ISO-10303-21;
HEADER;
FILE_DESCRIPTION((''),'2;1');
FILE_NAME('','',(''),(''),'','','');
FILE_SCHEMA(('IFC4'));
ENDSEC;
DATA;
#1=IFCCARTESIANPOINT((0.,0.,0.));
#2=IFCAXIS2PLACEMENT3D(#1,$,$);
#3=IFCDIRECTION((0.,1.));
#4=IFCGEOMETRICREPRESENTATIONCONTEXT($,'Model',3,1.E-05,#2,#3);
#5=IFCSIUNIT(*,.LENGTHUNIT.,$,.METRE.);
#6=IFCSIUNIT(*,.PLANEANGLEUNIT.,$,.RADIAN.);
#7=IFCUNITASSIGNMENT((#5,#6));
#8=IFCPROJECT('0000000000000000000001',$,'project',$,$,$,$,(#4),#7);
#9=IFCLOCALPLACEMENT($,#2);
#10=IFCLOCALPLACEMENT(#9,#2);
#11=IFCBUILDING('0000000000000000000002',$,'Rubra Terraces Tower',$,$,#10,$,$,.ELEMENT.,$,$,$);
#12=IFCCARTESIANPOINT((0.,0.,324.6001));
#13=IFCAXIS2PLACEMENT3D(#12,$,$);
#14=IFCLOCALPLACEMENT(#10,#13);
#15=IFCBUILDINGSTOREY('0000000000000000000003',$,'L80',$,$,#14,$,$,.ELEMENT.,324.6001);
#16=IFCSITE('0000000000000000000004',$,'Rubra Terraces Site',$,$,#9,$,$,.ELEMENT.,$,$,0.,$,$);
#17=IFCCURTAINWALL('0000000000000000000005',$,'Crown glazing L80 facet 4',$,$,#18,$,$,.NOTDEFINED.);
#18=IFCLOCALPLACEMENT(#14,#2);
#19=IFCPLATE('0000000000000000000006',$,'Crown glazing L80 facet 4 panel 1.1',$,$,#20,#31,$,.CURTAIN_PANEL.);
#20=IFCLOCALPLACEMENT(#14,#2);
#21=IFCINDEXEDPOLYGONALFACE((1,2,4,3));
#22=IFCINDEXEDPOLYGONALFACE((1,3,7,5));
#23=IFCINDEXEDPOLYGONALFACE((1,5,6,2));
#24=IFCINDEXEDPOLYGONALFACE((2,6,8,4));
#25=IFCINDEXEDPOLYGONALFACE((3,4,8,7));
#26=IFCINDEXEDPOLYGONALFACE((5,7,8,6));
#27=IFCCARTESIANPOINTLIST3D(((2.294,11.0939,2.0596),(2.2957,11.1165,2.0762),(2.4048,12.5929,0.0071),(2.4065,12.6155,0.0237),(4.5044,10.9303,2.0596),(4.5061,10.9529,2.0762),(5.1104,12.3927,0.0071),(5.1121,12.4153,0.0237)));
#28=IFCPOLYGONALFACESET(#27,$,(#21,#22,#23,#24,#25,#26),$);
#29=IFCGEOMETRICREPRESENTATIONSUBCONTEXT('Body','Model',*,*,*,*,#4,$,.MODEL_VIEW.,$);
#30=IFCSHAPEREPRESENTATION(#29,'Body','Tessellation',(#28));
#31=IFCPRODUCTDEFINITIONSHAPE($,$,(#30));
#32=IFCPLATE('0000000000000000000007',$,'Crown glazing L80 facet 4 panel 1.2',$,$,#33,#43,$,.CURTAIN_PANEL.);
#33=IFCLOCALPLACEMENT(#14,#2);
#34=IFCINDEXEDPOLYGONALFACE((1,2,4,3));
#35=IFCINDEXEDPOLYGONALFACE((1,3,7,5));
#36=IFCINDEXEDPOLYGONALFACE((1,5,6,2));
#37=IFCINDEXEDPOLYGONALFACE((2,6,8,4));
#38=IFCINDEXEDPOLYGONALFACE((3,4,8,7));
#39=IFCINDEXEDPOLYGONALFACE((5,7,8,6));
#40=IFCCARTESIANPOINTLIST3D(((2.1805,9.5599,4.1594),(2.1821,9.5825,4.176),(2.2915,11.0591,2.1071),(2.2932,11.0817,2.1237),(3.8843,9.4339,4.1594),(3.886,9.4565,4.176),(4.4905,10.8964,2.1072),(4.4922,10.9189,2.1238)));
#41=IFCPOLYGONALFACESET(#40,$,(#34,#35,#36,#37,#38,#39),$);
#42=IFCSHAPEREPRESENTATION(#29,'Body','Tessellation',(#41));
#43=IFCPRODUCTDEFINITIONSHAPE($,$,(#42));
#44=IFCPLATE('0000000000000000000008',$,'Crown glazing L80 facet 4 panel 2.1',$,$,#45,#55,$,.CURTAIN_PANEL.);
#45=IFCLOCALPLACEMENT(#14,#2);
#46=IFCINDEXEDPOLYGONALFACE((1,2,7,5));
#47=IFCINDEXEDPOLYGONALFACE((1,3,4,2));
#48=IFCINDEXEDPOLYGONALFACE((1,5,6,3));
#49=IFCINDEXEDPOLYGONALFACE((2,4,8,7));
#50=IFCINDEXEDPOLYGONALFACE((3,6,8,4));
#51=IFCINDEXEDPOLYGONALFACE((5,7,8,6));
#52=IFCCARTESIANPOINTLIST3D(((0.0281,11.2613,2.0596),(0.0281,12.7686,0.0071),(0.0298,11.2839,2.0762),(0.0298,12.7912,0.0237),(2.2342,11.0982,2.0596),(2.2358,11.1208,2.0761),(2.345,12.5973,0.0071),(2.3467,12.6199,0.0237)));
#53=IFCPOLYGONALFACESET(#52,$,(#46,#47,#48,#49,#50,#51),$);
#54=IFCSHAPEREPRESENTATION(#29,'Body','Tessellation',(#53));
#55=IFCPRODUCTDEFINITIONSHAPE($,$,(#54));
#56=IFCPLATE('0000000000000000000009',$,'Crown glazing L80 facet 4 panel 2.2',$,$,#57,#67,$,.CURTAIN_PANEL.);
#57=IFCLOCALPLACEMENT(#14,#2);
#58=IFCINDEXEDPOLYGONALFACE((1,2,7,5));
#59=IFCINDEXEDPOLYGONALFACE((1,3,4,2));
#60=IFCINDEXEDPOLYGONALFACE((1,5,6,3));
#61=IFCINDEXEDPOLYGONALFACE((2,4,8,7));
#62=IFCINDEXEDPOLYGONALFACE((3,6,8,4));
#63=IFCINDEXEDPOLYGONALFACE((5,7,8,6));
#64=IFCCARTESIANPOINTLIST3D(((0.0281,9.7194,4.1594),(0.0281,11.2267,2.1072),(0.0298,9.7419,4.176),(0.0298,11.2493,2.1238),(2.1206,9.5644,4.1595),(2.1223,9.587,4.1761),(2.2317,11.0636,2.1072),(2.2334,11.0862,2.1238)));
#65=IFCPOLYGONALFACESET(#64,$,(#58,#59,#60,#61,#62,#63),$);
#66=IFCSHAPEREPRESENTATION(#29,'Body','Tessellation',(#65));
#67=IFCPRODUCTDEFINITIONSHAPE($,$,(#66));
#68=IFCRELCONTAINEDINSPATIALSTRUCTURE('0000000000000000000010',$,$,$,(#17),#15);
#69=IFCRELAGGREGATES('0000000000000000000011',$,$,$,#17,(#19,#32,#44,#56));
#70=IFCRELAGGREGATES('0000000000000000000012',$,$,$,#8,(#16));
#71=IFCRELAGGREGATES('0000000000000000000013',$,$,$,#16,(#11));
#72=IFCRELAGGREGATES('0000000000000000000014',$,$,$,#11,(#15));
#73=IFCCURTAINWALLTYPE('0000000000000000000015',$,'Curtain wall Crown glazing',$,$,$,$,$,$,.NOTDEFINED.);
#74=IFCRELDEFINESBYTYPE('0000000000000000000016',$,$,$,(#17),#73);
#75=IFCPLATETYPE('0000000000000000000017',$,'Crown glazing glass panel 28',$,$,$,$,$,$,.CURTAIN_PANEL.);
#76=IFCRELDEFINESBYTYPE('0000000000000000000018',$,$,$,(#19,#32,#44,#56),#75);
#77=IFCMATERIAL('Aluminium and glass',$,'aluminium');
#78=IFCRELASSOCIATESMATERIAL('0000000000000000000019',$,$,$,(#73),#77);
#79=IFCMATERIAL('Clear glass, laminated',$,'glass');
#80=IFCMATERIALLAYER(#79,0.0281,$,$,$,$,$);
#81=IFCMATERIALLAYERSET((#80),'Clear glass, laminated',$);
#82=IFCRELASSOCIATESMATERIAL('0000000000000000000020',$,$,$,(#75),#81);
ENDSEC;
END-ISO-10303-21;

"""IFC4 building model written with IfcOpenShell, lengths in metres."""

from ifc_helpers import new_model, si_unit, direction, frame, origin, place, context, subcontext, project, spatial, polyline, outline, extrude, material, layer, layer_set, type_object, element, aggregate, save


model = new_model("IFC4")

# Units and contexts
model_context = context("Model", 3, precision=1e-05, world=origin(), true_north=direction((0.0, 1.0)))
body_context = subcontext(model_context, "Body", "Model", "MODEL_VIEW")
ifc_project = project(units=[si_unit("LENGTHUNIT", "METRE"), si_unit("PLANEANGLEUNIT", "RADIAN")], contexts=[model_context])

# Site, building, storey
site_placement = place(None, origin())
site = spatial("IfcSite", under=ifc_project, at=site_placement, Name="Rubra Terraces Site", CompositionType="ELEMENT", RefElevation=0.0)
building_placement = place(site_placement, origin())
building = spatial("IfcBuilding", under=site, at=building_placement, Name="Rubra Terraces Tower", CompositionType="ELEMENT")
storey_placement = place(building_placement, frame((0.0, 0.0, 324.6001)))
storey = spatial("IfcBuildingStorey", under=building, at=storey_placement, Name="L80", CompositionType="ELEMENT", Elevation=324.6001)

# Curtain wall
ifc_material_1 = material(Name="Aluminium and glass", Category="aluminium")
curtain_wall_type = type_object("IfcCurtainWallType", Name="Curtain wall Crown glazing", PredefinedType="NOTDEFINED", material=ifc_material_1)
curtain_wall_1_placement = place(storey_placement, origin())
curtain_wall_1 = element("IfcCurtainWall", 1, at=curtain_wall_1_placement, inside=storey, type_object=curtain_wall_type, Name="Crown glazing L80 facet 4", PredefinedType="NOTDEFINED")

# Plates
ifc_material_2 = material(Name="Clear glass, laminated", Category="glass")
ifc_layer = layer(ifc_material_2, 0.0281)
ifc_layer_set = layer_set([ifc_layer], Name="Clear glass, laminated")
plate_type = type_object("IfcPlateType", Name="Crown glazing glass panel 28", PredefinedType="CURTAIN_PANEL", material=ifc_layer_set)
plate_1_placement = place(storey_placement, frame((5.1121, 12.4153, 0.0237), z_axis=(0.059537, 0.804587, 0.590843), x_axis=(-0.997274, 0.073794, 0.000001)))
plate_1 = element("IfcPlate", 2, at=plate_1_placement, type_object=plate_type, Name="Crown glazing L80 facet 4 panel 1.1", PredefinedType="CURTAIN_PANEL", context=body_context, shape_type="SweptSolid", body=[
    extrude(outline(polyline([(0.0, 0.0), (2.713, 0.0), (2.7129, 2.544), (0.4964, 2.544), (0.0, 0.0)])), origin(), (0.0, 0.0, -1.0), 0.0281),
])
plate_2_placement = place(storey_placement, frame((4.4922, 10.9189, 2.1238), z_axis=(0.059537, 0.804527, 0.590925), x_axis=(-0.997272, 0.073818, -0.000024)))
plate_2 = element("IfcPlate", 3, at=plate_2_placement, type_object=plate_type, Name="Crown glazing L80 facet 4 panel 1.2", PredefinedType="CURTAIN_PANEL", context=body_context, shape_type="SweptSolid", body=[
    extrude(outline(polyline([(0.0, 0.0), (2.205, 0.0), (2.2051, 2.544), (0.4965, 2.5439), (0.0, 0.0)])), origin(), (0.0, 0.0, -1.0), 0.0281),
])
plate_3_placement = place(storey_placement, frame((2.3467, 12.6199, 0.0237), z_axis=(0.059499, 0.804581, 0.590854), x_axis=(-0.997276, 0.073757, -0.000011)))
plate_3 = element("IfcPlate", 4, at=plate_3_placement, type_object=plate_type, Name="Crown glazing L80 facet 4 panel 2.1", PredefinedType="CURTAIN_PANEL", context=body_context, shape_type="SweptSolid", body=[
    extrude(outline(polyline([(0.0, 0.0), (2.3232, 0.0), (2.212, 2.5441), (0.0, 2.544), (0.0, 0.0)])), origin(), (0.0, 0.0, -1.0), 0.0281),
])
plate_4_placement = place(storey_placement, frame((2.2334, 11.0862, 2.1238), z_axis=(0.059572, 0.804519, 0.590932), x_axis=(-0.997271, 0.073831, 0.000018)))
plate_4 = element("IfcPlate", 5, at=plate_4_placement, type_object=plate_type, Name="Crown glazing L80 facet 4 panel 2.2", PredefinedType="CURTAIN_PANEL", context=body_context, shape_type="SweptSolid", body=[
    extrude(outline(polyline([(0.0, 0.0), (2.2096, 0.0), (2.0984, 2.5439), (0.0001, 2.544), (0.0, 0.0)])), origin(), (0.0, 0.0, -1.0), 0.0281),
])
aggregate(curtain_wall_1, [plate_1, plate_2, plate_3, plate_4])

save(model, "model.ifc")
